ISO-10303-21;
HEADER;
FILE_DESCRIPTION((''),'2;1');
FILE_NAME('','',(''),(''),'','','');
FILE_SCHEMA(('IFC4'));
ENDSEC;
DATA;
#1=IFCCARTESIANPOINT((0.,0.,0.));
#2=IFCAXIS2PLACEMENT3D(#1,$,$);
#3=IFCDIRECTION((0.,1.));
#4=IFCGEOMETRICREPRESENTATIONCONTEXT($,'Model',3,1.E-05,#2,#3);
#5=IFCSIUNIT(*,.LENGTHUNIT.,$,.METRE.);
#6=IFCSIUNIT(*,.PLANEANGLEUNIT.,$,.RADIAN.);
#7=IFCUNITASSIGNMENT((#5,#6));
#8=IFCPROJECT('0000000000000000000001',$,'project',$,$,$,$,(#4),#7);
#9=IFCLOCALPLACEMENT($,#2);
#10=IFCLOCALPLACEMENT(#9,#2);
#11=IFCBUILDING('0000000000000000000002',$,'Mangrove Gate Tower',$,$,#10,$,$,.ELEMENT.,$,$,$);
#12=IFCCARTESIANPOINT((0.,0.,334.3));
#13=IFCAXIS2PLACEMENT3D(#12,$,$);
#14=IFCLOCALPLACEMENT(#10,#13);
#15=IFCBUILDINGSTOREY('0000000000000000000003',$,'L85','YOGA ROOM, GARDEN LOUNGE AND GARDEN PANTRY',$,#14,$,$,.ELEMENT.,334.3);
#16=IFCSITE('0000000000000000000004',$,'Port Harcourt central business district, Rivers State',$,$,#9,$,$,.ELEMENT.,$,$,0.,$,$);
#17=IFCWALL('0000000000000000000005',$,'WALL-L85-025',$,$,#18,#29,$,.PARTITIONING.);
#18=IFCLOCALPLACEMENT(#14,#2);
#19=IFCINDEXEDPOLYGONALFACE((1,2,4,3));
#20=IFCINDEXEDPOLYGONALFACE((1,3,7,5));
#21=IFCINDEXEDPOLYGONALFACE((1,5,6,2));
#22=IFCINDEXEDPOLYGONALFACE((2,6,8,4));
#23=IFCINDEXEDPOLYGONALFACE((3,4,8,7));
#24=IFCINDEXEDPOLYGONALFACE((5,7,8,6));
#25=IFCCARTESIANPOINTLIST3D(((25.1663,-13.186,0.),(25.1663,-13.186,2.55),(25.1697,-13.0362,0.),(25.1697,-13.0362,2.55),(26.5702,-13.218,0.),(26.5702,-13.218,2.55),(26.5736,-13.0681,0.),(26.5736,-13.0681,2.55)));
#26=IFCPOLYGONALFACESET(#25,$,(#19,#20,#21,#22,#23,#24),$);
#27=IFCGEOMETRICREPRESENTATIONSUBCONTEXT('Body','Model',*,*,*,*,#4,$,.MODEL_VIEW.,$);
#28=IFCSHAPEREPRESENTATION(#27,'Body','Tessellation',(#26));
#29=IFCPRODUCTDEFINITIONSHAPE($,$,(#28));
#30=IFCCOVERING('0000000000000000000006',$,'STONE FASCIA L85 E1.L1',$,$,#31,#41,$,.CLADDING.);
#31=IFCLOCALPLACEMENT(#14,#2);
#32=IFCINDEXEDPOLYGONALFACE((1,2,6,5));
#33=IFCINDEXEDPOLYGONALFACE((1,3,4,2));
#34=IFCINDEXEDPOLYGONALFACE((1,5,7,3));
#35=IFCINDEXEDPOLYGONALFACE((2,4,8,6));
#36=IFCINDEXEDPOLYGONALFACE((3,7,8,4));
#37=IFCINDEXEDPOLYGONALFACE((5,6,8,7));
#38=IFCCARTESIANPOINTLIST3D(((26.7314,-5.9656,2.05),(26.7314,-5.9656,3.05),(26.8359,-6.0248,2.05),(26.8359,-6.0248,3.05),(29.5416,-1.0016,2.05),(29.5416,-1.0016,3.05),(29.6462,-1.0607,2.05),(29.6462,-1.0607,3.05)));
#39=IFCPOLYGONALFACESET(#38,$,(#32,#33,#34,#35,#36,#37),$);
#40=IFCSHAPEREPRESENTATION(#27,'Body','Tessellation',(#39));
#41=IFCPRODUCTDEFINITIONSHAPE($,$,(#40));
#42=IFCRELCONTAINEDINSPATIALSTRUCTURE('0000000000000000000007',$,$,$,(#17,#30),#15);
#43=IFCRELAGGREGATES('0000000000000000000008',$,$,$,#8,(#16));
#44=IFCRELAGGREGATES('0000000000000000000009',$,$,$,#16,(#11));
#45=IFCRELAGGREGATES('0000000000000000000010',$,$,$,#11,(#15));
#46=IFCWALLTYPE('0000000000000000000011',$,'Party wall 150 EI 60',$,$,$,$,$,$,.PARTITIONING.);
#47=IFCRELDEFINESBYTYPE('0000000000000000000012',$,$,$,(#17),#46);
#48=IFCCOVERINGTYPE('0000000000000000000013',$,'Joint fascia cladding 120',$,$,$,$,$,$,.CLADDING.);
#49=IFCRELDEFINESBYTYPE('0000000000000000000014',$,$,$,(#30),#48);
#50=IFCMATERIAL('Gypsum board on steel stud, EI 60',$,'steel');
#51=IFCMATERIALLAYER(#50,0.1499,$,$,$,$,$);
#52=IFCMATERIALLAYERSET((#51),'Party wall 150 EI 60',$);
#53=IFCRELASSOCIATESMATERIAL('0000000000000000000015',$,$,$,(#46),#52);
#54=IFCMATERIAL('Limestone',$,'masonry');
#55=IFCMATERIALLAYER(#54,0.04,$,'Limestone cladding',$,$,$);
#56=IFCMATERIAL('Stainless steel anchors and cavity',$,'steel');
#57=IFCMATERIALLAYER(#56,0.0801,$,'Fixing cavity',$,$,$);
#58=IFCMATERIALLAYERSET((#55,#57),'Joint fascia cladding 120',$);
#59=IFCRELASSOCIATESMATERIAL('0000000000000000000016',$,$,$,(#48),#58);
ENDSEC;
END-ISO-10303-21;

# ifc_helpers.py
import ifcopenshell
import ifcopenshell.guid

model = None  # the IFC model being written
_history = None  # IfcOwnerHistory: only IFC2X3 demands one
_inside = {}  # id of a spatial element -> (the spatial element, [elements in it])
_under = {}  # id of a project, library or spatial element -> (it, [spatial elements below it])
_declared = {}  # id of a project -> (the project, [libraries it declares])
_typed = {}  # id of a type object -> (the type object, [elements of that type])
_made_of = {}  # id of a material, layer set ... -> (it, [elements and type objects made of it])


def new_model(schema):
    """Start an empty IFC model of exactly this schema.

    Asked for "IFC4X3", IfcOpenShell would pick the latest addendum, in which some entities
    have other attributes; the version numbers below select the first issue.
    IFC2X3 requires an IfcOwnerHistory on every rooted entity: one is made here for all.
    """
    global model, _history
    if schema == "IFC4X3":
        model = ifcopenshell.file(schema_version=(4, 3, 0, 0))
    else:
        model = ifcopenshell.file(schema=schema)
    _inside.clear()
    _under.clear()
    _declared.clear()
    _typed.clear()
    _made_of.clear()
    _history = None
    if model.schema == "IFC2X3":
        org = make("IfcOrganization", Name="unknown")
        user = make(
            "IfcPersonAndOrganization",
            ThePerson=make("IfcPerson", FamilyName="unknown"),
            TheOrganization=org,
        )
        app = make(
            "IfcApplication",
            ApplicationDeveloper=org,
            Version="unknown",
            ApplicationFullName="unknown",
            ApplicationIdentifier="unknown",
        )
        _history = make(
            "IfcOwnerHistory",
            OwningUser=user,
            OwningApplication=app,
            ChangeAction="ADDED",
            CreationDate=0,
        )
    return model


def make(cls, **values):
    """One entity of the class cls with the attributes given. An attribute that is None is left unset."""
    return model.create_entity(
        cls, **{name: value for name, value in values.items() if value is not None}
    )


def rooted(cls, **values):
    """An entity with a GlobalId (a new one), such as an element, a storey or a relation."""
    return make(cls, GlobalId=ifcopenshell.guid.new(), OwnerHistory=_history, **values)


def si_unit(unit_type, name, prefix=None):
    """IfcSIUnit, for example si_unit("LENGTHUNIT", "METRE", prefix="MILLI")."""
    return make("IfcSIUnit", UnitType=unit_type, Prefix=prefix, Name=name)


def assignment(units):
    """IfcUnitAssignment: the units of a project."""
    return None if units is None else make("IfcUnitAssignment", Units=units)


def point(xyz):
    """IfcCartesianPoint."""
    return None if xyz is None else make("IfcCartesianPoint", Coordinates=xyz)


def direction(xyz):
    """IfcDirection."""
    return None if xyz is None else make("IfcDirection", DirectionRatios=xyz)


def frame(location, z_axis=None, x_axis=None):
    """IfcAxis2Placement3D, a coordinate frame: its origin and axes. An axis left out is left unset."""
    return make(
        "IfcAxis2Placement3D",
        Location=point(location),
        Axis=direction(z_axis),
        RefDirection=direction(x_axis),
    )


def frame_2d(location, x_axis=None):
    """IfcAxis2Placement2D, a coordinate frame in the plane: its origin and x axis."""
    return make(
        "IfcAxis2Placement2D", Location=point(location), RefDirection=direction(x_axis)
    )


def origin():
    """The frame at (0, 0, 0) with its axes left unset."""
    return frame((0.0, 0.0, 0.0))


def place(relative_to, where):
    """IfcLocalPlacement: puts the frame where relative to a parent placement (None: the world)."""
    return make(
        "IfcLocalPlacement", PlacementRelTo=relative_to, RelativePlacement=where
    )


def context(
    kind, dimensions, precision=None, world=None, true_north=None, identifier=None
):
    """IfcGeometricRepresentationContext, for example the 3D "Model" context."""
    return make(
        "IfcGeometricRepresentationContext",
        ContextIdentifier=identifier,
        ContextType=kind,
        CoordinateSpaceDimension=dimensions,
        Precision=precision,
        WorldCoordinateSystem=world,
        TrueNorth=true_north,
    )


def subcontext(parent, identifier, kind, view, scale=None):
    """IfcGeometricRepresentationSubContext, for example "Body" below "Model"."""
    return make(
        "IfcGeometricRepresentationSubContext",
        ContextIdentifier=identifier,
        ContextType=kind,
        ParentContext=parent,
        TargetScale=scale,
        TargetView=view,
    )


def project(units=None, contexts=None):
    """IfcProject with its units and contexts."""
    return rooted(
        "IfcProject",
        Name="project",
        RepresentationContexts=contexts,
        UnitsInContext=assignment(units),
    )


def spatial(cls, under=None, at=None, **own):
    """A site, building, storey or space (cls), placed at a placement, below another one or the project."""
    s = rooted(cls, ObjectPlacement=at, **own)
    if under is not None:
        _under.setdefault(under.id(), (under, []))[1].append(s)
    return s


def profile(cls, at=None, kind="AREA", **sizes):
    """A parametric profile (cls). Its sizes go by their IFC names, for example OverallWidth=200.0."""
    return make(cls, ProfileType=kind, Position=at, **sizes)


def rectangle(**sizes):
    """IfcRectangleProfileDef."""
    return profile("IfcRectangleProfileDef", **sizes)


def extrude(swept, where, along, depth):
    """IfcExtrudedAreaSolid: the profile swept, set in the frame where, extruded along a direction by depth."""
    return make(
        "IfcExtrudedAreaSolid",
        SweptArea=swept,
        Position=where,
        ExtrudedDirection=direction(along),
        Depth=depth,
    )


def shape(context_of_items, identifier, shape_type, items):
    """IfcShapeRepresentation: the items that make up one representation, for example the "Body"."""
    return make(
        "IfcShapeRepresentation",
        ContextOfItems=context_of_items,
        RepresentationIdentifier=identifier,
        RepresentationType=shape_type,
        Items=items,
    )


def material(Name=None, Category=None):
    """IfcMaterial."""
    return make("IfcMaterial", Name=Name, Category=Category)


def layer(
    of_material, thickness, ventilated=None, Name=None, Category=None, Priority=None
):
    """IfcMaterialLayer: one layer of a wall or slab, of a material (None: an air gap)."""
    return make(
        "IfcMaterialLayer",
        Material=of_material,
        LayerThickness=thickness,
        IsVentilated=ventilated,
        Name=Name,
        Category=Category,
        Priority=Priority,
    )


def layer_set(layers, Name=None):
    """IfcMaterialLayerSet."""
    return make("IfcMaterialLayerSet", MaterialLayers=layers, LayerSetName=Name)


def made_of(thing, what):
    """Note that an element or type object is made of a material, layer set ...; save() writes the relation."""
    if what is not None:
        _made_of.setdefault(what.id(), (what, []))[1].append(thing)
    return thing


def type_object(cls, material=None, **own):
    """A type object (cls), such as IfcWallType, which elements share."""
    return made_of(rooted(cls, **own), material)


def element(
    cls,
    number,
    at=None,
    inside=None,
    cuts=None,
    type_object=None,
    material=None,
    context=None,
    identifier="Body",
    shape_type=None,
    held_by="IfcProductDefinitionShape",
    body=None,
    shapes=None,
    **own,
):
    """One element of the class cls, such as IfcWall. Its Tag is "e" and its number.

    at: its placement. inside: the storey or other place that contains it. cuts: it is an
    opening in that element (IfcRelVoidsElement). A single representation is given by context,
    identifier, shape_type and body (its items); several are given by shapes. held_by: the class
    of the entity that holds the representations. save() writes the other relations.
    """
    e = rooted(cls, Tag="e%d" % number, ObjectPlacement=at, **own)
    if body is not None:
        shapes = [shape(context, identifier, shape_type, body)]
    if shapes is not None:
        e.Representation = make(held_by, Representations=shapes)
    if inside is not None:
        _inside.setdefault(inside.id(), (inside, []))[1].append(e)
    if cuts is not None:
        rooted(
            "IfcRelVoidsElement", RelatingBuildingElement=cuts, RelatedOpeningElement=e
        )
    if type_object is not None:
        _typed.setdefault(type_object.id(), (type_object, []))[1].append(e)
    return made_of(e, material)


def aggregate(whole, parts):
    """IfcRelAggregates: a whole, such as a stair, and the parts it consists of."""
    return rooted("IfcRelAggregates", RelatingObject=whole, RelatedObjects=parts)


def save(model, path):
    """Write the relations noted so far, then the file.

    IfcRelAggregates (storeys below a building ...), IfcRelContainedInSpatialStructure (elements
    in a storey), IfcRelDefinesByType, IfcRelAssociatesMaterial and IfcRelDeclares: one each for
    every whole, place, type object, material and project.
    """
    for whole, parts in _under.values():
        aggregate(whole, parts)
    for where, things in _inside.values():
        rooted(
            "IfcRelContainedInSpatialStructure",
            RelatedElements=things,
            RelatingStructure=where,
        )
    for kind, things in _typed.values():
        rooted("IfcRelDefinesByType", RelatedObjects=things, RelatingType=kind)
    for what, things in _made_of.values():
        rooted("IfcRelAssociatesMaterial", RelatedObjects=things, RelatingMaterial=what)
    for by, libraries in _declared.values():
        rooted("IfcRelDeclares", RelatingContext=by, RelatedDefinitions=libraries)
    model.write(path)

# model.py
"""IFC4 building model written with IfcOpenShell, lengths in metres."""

from ifc_helpers import new_model, si_unit, direction, frame, frame_2d, origin, place, context, subcontext, project, spatial, rectangle, extrude, material, layer, layer_set, type_object, element, save


model = new_model("IFC4")

# Units and contexts
model_context = context("Model", 3, precision=1e-05, world=origin(), true_north=direction((0.0, 1.0)))
body_context = subcontext(model_context, "Body", "Model", "MODEL_VIEW")
ifc_project = project(units=[si_unit("LENGTHUNIT", "METRE"), si_unit("PLANEANGLEUNIT", "RADIAN")], contexts=[model_context])

# Site, building, storey
site_placement = place(None, origin())
site = spatial("IfcSite", under=ifc_project, at=site_placement, Name="Port Harcourt central business district, Rivers State", CompositionType="ELEMENT", RefElevation=0.0)
building_placement = place(site_placement, origin())
building = spatial("IfcBuilding", under=site, at=building_placement, Name="Mangrove Gate Tower", CompositionType="ELEMENT")
storey_placement = place(building_placement, frame((0.0, 0.0, 334.3)))
storey = spatial("IfcBuildingStorey", under=building, at=storey_placement, Name="L85", Description="YOGA ROOM, GARDEN LOUNGE AND GARDEN PANTRY", CompositionType="ELEMENT", Elevation=334.3)

# Wall
ifc_material_1 = material(Name="Limestone", Category="masonry")
ifc_material_2 = material(Name="Gypsum board on steel stud, EI 60", Category="steel")
ifc_layer_1 = layer(ifc_material_2, 0.1499)
ifc_layer_set_1 = layer_set([ifc_layer_1], Name="Party wall 150 EI 60")
wall_type_1 = type_object("IfcWallType", Name="Party wall 150 EI 60", PredefinedType="PARTITIONING", material=ifc_layer_set_1)
wall_1_placement = place(storey_placement, frame((25.168, -13.1111, 0.0), z_axis=(0.0, 0.0, 1.0), x_axis=(0.999741, -0.022773, 0.0)))
element("IfcWall", 1, at=wall_1_placement, inside=storey, type_object=wall_type_1, Name="WALL-L85-025", PredefinedType="PARTITIONING", context=body_context, shape_type="SweptSolid", body=[
    extrude(rectangle(XDim=1.4043, YDim=0.1499, at=frame_2d((0.7021, 0.0))), origin(), (0.0, 0.0, 1.0), 2.55),
])

# Covering
ifc_layer_2 = layer(ifc_material_1, 0.04, Name="Limestone cladding")
ifc_material_3 = material(Name="Stainless steel anchors and cavity", Category="steel")
ifc_layer_3 = layer(ifc_material_3, 0.0801, Name="Fixing cavity")
ifc_layer_set_2 = layer_set([ifc_layer_2, ifc_layer_3], Name="Joint fascia cladding 120")
covering_type = type_object("IfcCoveringType", Name="Joint fascia cladding 120", PredefinedType="CLADDING", material=ifc_layer_set_2)
covering_placement = place(storey_placement, frame((26.7837, -5.9951, 2.05), z_axis=(0.0, 0.0, 1.0), x_axis=(0.492655, 0.870225, 0.0)))
element("IfcCovering", 2, at=covering_placement, inside=storey, type_object=covering_type, Name="STONE FASCIA L85 E1.L1", PredefinedType="CLADDING", context=body_context, shape_type="SweptSolid", body=[
    extrude(rectangle(XDim=5.7043, YDim=0.1201, at=frame_2d((2.8521, 0.0))), origin(), (0.0, 0.0, 1.0), 1.0),
])

save(model, "model.ifc")
